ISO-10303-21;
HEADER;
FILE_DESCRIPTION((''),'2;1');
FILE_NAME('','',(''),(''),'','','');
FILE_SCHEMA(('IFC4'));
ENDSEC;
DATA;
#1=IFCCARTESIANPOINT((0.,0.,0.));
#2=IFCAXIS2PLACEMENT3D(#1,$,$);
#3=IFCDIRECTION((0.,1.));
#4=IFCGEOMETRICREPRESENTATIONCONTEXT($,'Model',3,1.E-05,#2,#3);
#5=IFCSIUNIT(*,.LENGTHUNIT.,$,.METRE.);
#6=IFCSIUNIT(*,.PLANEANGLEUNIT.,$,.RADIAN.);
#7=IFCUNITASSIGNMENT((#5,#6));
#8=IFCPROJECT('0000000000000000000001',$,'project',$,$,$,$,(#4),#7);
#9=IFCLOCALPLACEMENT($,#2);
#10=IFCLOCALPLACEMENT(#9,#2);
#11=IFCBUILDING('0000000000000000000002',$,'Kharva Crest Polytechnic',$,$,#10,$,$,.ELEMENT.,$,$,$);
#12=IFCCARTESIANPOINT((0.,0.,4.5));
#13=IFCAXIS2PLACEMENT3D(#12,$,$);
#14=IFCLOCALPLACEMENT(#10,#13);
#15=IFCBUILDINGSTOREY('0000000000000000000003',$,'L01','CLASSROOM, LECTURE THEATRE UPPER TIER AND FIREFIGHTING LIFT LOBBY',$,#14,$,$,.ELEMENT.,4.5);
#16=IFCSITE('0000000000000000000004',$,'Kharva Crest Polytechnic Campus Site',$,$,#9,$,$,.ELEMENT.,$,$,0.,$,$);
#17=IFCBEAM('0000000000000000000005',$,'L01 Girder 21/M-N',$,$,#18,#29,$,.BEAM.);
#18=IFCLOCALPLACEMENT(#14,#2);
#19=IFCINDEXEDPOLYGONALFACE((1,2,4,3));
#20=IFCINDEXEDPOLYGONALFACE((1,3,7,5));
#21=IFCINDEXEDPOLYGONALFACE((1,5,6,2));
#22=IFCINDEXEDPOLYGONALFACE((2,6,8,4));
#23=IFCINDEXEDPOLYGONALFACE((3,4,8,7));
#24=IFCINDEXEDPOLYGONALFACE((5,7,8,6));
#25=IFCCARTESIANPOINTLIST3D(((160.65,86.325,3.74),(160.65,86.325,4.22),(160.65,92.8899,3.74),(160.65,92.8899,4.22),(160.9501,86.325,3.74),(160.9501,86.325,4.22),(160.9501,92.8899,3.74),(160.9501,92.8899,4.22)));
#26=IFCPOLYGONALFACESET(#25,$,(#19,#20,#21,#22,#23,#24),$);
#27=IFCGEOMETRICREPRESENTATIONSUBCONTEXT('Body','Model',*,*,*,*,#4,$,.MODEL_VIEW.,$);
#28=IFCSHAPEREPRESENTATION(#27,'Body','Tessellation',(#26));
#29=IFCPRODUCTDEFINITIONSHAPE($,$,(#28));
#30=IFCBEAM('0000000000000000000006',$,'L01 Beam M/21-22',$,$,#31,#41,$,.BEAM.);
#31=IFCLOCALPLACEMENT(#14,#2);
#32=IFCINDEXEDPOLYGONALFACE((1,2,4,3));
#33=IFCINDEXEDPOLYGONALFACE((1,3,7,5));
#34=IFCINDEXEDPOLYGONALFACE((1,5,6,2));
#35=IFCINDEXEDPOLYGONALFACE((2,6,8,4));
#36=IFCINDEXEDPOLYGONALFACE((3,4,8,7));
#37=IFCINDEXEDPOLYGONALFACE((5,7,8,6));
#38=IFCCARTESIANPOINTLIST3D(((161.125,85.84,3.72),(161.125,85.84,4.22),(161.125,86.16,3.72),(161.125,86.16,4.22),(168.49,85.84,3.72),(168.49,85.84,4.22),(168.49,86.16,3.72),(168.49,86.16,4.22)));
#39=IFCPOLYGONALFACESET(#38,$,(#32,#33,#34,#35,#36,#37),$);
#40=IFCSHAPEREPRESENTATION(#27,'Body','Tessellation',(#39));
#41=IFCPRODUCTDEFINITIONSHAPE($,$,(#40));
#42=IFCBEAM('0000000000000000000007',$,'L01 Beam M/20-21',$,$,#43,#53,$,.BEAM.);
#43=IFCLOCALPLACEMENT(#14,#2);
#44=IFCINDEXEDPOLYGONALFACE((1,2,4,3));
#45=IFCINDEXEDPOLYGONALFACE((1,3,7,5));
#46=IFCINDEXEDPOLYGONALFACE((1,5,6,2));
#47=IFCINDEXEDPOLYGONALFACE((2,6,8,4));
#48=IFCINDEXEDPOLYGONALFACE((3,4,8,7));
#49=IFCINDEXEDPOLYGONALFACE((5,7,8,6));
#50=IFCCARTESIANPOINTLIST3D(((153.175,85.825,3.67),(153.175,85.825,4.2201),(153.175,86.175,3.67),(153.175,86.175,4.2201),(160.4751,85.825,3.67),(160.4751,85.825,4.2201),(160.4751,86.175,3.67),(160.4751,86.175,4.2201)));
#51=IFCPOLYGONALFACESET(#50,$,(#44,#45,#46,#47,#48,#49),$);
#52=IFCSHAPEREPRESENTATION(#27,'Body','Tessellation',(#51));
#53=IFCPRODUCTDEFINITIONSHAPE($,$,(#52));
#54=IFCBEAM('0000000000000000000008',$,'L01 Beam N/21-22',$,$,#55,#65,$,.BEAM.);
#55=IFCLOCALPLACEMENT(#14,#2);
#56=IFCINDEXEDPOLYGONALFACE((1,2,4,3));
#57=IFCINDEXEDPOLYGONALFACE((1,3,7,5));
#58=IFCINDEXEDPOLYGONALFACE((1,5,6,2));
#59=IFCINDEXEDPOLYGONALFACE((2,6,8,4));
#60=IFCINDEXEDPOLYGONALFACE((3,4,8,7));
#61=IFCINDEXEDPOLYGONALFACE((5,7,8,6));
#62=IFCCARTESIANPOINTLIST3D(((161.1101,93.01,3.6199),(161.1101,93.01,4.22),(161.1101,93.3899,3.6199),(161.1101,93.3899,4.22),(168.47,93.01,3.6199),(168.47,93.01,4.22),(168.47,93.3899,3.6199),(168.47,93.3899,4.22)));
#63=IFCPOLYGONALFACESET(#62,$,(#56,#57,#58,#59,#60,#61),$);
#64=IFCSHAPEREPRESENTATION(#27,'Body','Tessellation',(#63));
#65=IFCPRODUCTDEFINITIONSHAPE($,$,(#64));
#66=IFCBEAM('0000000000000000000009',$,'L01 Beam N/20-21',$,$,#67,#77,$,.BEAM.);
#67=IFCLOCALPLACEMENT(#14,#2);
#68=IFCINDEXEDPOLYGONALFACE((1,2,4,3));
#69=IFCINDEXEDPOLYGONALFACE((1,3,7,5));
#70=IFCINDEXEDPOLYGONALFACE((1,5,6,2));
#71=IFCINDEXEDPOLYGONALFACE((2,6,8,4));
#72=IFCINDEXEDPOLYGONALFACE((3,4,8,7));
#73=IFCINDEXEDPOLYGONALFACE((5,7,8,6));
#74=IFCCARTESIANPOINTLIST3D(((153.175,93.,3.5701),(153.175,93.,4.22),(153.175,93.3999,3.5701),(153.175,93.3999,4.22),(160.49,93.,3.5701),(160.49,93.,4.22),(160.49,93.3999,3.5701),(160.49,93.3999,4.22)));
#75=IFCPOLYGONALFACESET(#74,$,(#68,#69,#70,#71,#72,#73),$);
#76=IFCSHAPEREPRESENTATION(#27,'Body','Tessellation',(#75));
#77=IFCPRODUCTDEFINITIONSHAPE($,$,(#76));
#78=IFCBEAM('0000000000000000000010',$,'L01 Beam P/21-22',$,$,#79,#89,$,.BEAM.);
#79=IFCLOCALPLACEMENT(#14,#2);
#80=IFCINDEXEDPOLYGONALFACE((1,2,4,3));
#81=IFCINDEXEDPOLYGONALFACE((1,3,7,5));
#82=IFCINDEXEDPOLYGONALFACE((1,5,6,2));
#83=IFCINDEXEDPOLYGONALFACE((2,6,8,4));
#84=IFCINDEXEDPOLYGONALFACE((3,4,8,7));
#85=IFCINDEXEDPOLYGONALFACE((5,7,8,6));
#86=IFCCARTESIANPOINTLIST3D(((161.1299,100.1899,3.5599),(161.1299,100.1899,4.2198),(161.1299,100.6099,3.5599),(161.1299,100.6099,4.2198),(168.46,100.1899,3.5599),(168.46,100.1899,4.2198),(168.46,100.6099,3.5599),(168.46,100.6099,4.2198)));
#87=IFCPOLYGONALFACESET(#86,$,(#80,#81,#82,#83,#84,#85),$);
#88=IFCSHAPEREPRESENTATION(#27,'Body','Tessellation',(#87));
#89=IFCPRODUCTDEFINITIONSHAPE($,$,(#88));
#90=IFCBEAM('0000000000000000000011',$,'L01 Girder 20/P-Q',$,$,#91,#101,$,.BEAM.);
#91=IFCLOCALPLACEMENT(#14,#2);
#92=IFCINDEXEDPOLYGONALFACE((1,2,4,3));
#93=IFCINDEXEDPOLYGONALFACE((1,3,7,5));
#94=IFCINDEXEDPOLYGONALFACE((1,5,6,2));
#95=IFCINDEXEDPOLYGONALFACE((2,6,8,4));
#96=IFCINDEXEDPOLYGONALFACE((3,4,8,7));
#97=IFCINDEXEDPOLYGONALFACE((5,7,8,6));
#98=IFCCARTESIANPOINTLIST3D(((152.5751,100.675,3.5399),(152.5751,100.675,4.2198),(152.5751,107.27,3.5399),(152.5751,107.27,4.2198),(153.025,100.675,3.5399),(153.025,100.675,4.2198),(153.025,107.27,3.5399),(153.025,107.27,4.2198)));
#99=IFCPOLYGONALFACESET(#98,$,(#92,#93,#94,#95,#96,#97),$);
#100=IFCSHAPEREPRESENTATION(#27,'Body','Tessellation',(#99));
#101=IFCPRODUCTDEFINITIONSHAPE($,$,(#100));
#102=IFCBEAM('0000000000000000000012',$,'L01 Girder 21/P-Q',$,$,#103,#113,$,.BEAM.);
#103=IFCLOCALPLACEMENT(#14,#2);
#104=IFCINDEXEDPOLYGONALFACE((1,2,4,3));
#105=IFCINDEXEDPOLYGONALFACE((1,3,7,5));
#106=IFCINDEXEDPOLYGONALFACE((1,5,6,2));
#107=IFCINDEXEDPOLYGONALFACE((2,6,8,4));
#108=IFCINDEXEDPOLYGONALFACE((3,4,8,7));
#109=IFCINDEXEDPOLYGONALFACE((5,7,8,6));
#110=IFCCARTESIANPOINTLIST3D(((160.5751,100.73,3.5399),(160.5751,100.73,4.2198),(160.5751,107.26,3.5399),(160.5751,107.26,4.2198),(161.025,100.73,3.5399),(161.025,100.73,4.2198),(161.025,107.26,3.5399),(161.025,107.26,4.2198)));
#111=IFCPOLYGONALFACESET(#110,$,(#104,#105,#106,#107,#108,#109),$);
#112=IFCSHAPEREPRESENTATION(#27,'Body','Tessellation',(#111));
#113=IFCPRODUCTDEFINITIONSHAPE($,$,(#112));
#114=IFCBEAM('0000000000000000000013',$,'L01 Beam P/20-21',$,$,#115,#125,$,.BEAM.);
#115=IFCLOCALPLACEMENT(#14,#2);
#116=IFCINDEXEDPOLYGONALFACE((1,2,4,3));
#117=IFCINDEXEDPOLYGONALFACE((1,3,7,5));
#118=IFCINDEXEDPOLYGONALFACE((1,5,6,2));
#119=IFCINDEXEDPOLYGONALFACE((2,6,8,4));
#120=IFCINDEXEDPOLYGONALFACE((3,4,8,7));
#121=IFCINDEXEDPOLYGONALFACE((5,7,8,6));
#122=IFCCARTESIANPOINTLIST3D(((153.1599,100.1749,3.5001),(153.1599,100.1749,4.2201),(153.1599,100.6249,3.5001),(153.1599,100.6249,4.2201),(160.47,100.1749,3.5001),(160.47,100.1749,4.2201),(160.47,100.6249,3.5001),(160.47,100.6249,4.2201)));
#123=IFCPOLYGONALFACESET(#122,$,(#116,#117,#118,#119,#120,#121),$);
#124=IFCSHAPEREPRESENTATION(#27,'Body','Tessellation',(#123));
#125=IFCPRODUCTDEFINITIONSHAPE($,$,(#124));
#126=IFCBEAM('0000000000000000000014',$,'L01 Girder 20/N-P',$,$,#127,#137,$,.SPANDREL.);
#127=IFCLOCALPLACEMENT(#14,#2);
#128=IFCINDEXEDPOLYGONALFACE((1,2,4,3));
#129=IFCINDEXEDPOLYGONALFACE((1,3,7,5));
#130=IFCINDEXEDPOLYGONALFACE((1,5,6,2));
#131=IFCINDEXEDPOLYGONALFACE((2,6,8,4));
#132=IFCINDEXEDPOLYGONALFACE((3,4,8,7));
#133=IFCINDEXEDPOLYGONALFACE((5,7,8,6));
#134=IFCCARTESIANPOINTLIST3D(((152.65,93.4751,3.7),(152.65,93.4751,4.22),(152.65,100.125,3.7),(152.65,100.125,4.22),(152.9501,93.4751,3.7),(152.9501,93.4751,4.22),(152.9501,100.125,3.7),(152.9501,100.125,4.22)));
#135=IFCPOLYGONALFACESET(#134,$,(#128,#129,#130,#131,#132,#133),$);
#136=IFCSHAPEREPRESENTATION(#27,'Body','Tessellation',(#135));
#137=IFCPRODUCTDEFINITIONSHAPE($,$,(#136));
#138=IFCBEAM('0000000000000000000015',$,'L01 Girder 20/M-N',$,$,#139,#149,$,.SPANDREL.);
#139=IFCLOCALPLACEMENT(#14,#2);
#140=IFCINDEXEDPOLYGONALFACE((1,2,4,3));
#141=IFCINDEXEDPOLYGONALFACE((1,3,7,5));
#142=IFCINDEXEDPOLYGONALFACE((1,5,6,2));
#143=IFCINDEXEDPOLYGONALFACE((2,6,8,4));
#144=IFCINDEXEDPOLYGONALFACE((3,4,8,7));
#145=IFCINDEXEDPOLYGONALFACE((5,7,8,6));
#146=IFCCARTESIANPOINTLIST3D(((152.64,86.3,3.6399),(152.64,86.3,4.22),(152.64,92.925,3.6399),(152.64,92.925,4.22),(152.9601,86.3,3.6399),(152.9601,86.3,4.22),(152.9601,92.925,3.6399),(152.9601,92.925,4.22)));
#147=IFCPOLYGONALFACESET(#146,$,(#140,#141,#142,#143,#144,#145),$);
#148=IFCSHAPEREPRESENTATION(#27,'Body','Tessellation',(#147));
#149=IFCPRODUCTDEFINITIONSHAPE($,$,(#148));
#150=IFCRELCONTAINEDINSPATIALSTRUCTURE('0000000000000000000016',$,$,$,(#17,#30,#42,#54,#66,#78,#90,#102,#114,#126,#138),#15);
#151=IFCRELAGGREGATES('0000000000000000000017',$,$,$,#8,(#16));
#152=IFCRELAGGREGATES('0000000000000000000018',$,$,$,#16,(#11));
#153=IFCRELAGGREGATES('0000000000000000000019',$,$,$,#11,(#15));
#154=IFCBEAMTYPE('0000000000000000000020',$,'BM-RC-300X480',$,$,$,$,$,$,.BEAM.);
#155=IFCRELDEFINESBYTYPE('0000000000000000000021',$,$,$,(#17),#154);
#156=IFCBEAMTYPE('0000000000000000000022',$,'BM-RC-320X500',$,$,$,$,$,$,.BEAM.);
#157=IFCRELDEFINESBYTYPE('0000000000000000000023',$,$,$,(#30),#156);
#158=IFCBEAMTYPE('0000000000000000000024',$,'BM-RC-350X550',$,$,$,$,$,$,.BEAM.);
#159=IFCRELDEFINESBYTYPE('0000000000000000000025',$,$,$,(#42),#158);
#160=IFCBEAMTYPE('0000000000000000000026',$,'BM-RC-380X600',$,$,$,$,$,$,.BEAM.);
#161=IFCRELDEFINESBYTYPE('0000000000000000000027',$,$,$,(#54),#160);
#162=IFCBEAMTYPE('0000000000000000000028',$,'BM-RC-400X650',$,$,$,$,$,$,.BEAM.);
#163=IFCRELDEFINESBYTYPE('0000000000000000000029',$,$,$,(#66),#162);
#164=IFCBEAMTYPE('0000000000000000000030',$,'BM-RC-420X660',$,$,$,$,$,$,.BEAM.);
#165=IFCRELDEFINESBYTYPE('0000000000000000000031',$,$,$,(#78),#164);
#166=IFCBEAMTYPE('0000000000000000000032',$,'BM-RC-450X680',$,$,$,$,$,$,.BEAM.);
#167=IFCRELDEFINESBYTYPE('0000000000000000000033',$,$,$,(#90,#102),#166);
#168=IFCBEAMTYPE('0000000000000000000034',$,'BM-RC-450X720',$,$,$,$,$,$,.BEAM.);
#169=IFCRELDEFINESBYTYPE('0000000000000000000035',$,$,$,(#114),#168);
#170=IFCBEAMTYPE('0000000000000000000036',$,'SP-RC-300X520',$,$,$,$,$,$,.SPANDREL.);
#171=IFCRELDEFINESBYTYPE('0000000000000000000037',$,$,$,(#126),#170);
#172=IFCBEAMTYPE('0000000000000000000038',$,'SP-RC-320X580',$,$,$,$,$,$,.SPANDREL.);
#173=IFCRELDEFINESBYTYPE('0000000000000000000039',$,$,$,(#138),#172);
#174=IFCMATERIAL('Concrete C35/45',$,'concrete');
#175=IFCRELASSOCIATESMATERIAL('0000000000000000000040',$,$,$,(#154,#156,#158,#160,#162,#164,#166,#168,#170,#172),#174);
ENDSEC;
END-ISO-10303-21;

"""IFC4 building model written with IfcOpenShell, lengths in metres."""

from ifc_helpers import new_model, si_unit, direction, frame, origin, origin_2d, place, context, subcontext, project, spatial, rectangle, extrude, material, material_profile, profile_set, type_object, element, save


model = new_model("IFC4")

# Units and contexts
model_context = context("Model", 3, precision=1e-05, world=origin(), true_north=direction((0.0, 1.0)))
body_context = subcontext(model_context, "Body", "Model", "MODEL_VIEW")
ifc_project = project(units=[si_unit("LENGTHUNIT", "METRE"), si_unit("PLANEANGLEUNIT", "RADIAN")], contexts=[model_context])

# Site, building, storey
site_placement = place(None, origin())
site = spatial("IfcSite", under=ifc_project, at=site_placement, Name="Kharva Crest Polytechnic Campus Site", CompositionType="ELEMENT", RefElevation=0.0)
building_placement = place(site_placement, origin())
building = spatial("IfcBuilding", under=site, at=building_placement, Name="Kharva Crest Polytechnic", CompositionType="ELEMENT")
storey_placement = place(building_placement, frame((0.0, 0.0, 4.5)))
storey = spatial("IfcBuildingStorey", under=building, at=storey_placement, Name="L01", Description="CLASSROOM, LECTURE THEATRE UPPER TIER AND FIREFIGHTING LIFT LOBBY", CompositionType="ELEMENT", Elevation=4.5)

# Beams
ifc_material_1 = material(Name="Concrete C35/45", Category="concrete")
ifc_material_profile_1 = material_profile(ifc_material_1, rectangle(XDim=0.3, YDim=0.48, at=origin_2d()), Name="RECT 300 X 480")
ifc_profile_set_1 = profile_set([ifc_material_profile_1], Name="Concrete C35/45")
beam_type_1 = type_object("IfcBeamType", Name="BM-RC-300X480", PredefinedType="BEAM", material=ifc_profile_set_1)
beam_1_placement = place(storey_placement, frame((160.8, 86.325, 3.98), z_axis=(0.0, 1.0, 0.0), x_axis=(-1.0, 0.0, 0.0)))
element("IfcBeam", 1, at=beam_1_placement, inside=storey, type_object=beam_type_1, Name="L01 Girder 21/M-N", PredefinedType="BEAM", context=body_context, shape_type="SweptSolid", body=[
    extrude(rectangle(XDim=0.3, YDim=0.48, at=origin_2d()), origin(), (0.0, 0.0, 1.0), 6.5649),
])
ifc_material_profile_2 = material_profile(ifc_material_1, rectangle(XDim=0.3201, YDim=0.5, at=origin_2d()), Name="RECT 320 X 500")
ifc_profile_set_2 = profile_set([ifc_material_profile_2], Name="Concrete C35/45")
beam_type_2 = type_object("IfcBeamType", Name="BM-RC-320X500", PredefinedType="BEAM", material=ifc_profile_set_2)
beam_2_placement = place(storey_placement, frame((161.125, 86.0, 3.97), z_axis=(1.0, 0.0, 0.0), x_axis=(0.0, 1.0, 0.0)))
element("IfcBeam", 2, at=beam_2_placement, inside=storey, type_object=beam_type_2, Name="L01 Beam M/21-22", PredefinedType="BEAM", context=body_context, shape_type="SweptSolid", body=[
    extrude(rectangle(XDim=0.3201, YDim=0.5, at=origin_2d()), origin(), (0.0, 0.0, 1.0), 7.365),
])
ifc_material_profile_3 = material_profile(ifc_material_1, rectangle(XDim=0.3501, YDim=0.55, at=origin_2d()), Name="RECT 350 X 550")
ifc_profile_set_3 = profile_set([ifc_material_profile_3], Name="Concrete C35/45")
beam_type_3 = type_object("IfcBeamType", Name="BM-RC-350X550", PredefinedType="BEAM", material=ifc_profile_set_3)
beam_3_placement = place(storey_placement, frame((153.175, 86.0, 3.9451), z_axis=(1.0, 0.0, 0.0), x_axis=(0.0, 1.0, 0.0)))
element("IfcBeam", 3, at=beam_3_placement, inside=storey, type_object=beam_type_3, Name="L01 Beam M/20-21", PredefinedType="BEAM", context=body_context, shape_type="SweptSolid", body=[
    extrude(rectangle(XDim=0.3501, YDim=0.55, at=origin_2d()), origin(), (0.0, 0.0, 1.0), 7.3),
])
ifc_material_profile_4 = material_profile(ifc_material_1, rectangle(XDim=0.3799, YDim=0.6001, at=origin_2d()), Name="RECT 380 X 600")
ifc_profile_set_4 = profile_set([ifc_material_profile_4], Name="Concrete C35/45")
beam_type_4 = type_object("IfcBeamType", Name="BM-RC-380X600", PredefinedType="BEAM", material=ifc_profile_set_4)
beam_4_placement = place(storey_placement, frame((161.1101, 93.2, 3.9199), z_axis=(1.0, 0.0, 0.0), x_axis=(0.0, 1.0, 0.0)))
element("IfcBeam", 4, at=beam_4_placement, inside=storey, type_object=beam_type_4, Name="L01 Beam N/21-22", PredefinedType="BEAM", context=body_context, shape_type="SweptSolid", body=[
    extrude(rectangle(XDim=0.3799, YDim=0.6001, at=origin_2d()), origin(), (0.0, 0.0, 1.0), 7.3599),
])
ifc_material_profile_5 = material_profile(ifc_material_1, rectangle(XDim=0.3999, YDim=0.6499, at=origin_2d()), Name="RECT 400 X 650")
ifc_profile_set_5 = profile_set([ifc_material_profile_5], Name="Concrete C35/45")
beam_type_5 = type_object("IfcBeamType", Name="BM-RC-400X650", PredefinedType="BEAM", material=ifc_profile_set_5)
beam_5_placement = place(storey_placement, frame((153.175, 93.2, 3.895), z_axis=(1.0, 0.0, 0.0), x_axis=(0.0, 1.0, 0.0)))
element("IfcBeam", 5, at=beam_5_placement, inside=storey, type_object=beam_type_5, Name="L01 Beam N/20-21", PredefinedType="BEAM", context=body_context, shape_type="SweptSolid", body=[
    extrude(rectangle(XDim=0.3999, YDim=0.6499, at=origin_2d()), origin(), (0.0, 0.0, 1.0), 7.3149),
])
ifc_material_profile_6 = material_profile(ifc_material_1, rectangle(XDim=0.4199, YDim=0.6599, at=origin_2d()), Name="RECT 420 X 660")
ifc_profile_set_6 = profile_set([ifc_material_profile_6], Name="Concrete C35/45")
beam_type_6 = type_object("IfcBeamType", Name="BM-RC-420X660", PredefinedType="BEAM", material=ifc_profile_set_6)
beam_6_placement = place(storey_placement, frame((161.1299, 100.3999, 3.8899), z_axis=(1.0, 0.0, 0.0), x_axis=(0.0, 1.0, 0.0)))
element("IfcBeam", 6, at=beam_6_placement, inside=storey, type_object=beam_type_6, Name="L01 Beam P/21-22", PredefinedType="BEAM", context=body_context, shape_type="SweptSolid", body=[
    extrude(rectangle(XDim=0.4199, YDim=0.6599, at=origin_2d()), origin(), (0.0, 0.0, 1.0), 7.3301),
])
ifc_material_profile_7 = material_profile(ifc_material_1, rectangle(XDim=0.45, YDim=0.6799, at=origin_2d()), Name="RECT 450 X 680")
ifc_profile_set_7 = profile_set([ifc_material_profile_7], Name="Concrete C35/45")
beam_type_7 = type_object("IfcBeamType", Name="BM-RC-450X680", PredefinedType="BEAM", material=ifc_profile_set_7)
beam_7_placement = place(storey_placement, frame((152.8, 100.675, 3.8799), z_axis=(0.0, 1.0, 0.0), x_axis=(-1.0, 0.0, 0.0)))
element("IfcBeam", 7, at=beam_7_placement, inside=storey, type_object=beam_type_7, Name="L01 Girder 20/P-Q", PredefinedType="BEAM", context=body_context, shape_type="SweptSolid", body=[
    extrude(rectangle(XDim=0.45, YDim=0.6799, at=origin_2d()), origin(), (0.0, 0.0, 1.0), 6.595),
])
beam_8_placement = place(storey_placement, frame((160.8, 100.73, 3.8799), z_axis=(0.0, 1.0, 0.0), x_axis=(-1.0, 0.0, 0.0)))
element("IfcBeam", 8, at=beam_8_placement, inside=storey, type_object=beam_type_7, Name="L01 Girder 21/P-Q", PredefinedType="BEAM", context=body_context, shape_type="SweptSolid", body=[
    extrude(rectangle(XDim=0.45, YDim=0.6799, at=origin_2d()), origin(), (0.0, 0.0, 1.0), 6.53),
])
ifc_material_profile_8 = material_profile(ifc_material_1, rectangle(XDim=0.45, YDim=0.72, at=origin_2d()), Name="RECT 450 X 720")
ifc_profile_set_8 = profile_set([ifc_material_profile_8], Name="Concrete C35/45")
beam_type_8 = type_object("IfcBeamType", Name="BM-RC-450X720", PredefinedType="BEAM", material=ifc_profile_set_8)
beam_9_placement = place(storey_placement, frame((153.1599, 100.3999, 3.8601), z_axis=(1.0, 0.0, 0.0), x_axis=(0.0, 1.0, 0.0)))
element("IfcBeam", 9, at=beam_9_placement, inside=storey, type_object=beam_type_8, Name="L01 Beam P/20-21", PredefinedType="BEAM", context=body_context, shape_type="SweptSolid", body=[
    extrude(rectangle(XDim=0.45, YDim=0.72, at=origin_2d()), origin(), (0.0, 0.0, 1.0), 7.3101),
])
ifc_material_profile_9 = material_profile(ifc_material_1, rectangle(XDim=0.3, YDim=0.52, at=origin_2d()), Name="RECT 300 X 520")
ifc_profile_set_9 = profile_set([ifc_material_profile_9], Name="Concrete C35/45")
beam_type_9 = type_object("IfcBeamType", Name="SP-RC-300X520", PredefinedType="SPANDREL", material=ifc_profile_set_9)
beam_10_placement = place(storey_placement, frame((152.8, 93.4751, 3.96), z_axis=(0.0, 1.0, 0.0), x_axis=(-1.0, 0.0, 0.0)))
element("IfcBeam", 10, at=beam_10_placement, inside=storey, type_object=beam_type_9, Name="L01 Girder 20/N-P", PredefinedType="SPANDREL", context=body_context, shape_type="SweptSolid", body=[
    extrude(rectangle(XDim=0.3, YDim=0.52, at=origin_2d()), origin(), (0.0, 0.0, 1.0), 6.6499),
])
ifc_material_profile_10 = material_profile(ifc_material_1, rectangle(XDim=0.3201, YDim=0.5801, at=origin_2d()), Name="RECT 320 X 580")
ifc_profile_set_10 = profile_set([ifc_material_profile_10], Name="Concrete C35/45")
beam_type_10 = type_object("IfcBeamType", Name="SP-RC-320X580", PredefinedType="SPANDREL", material=ifc_profile_set_10)
beam_11_placement = place(storey_placement, frame((152.8, 86.3, 3.9299), z_axis=(0.0, 1.0, 0.0), x_axis=(-1.0, 0.0, 0.0)))
element("IfcBeam", 11, at=beam_11_placement, inside=storey, type_object=beam_type_10, Name="L01 Girder 20/M-N", PredefinedType="SPANDREL", context=body_context, shape_type="SweptSolid", body=[
    extrude(rectangle(XDim=0.3201, YDim=0.5801, at=origin_2d()), origin(), (0.0, 0.0, 1.0), 6.625),
])

save(model, "model.ifc")
